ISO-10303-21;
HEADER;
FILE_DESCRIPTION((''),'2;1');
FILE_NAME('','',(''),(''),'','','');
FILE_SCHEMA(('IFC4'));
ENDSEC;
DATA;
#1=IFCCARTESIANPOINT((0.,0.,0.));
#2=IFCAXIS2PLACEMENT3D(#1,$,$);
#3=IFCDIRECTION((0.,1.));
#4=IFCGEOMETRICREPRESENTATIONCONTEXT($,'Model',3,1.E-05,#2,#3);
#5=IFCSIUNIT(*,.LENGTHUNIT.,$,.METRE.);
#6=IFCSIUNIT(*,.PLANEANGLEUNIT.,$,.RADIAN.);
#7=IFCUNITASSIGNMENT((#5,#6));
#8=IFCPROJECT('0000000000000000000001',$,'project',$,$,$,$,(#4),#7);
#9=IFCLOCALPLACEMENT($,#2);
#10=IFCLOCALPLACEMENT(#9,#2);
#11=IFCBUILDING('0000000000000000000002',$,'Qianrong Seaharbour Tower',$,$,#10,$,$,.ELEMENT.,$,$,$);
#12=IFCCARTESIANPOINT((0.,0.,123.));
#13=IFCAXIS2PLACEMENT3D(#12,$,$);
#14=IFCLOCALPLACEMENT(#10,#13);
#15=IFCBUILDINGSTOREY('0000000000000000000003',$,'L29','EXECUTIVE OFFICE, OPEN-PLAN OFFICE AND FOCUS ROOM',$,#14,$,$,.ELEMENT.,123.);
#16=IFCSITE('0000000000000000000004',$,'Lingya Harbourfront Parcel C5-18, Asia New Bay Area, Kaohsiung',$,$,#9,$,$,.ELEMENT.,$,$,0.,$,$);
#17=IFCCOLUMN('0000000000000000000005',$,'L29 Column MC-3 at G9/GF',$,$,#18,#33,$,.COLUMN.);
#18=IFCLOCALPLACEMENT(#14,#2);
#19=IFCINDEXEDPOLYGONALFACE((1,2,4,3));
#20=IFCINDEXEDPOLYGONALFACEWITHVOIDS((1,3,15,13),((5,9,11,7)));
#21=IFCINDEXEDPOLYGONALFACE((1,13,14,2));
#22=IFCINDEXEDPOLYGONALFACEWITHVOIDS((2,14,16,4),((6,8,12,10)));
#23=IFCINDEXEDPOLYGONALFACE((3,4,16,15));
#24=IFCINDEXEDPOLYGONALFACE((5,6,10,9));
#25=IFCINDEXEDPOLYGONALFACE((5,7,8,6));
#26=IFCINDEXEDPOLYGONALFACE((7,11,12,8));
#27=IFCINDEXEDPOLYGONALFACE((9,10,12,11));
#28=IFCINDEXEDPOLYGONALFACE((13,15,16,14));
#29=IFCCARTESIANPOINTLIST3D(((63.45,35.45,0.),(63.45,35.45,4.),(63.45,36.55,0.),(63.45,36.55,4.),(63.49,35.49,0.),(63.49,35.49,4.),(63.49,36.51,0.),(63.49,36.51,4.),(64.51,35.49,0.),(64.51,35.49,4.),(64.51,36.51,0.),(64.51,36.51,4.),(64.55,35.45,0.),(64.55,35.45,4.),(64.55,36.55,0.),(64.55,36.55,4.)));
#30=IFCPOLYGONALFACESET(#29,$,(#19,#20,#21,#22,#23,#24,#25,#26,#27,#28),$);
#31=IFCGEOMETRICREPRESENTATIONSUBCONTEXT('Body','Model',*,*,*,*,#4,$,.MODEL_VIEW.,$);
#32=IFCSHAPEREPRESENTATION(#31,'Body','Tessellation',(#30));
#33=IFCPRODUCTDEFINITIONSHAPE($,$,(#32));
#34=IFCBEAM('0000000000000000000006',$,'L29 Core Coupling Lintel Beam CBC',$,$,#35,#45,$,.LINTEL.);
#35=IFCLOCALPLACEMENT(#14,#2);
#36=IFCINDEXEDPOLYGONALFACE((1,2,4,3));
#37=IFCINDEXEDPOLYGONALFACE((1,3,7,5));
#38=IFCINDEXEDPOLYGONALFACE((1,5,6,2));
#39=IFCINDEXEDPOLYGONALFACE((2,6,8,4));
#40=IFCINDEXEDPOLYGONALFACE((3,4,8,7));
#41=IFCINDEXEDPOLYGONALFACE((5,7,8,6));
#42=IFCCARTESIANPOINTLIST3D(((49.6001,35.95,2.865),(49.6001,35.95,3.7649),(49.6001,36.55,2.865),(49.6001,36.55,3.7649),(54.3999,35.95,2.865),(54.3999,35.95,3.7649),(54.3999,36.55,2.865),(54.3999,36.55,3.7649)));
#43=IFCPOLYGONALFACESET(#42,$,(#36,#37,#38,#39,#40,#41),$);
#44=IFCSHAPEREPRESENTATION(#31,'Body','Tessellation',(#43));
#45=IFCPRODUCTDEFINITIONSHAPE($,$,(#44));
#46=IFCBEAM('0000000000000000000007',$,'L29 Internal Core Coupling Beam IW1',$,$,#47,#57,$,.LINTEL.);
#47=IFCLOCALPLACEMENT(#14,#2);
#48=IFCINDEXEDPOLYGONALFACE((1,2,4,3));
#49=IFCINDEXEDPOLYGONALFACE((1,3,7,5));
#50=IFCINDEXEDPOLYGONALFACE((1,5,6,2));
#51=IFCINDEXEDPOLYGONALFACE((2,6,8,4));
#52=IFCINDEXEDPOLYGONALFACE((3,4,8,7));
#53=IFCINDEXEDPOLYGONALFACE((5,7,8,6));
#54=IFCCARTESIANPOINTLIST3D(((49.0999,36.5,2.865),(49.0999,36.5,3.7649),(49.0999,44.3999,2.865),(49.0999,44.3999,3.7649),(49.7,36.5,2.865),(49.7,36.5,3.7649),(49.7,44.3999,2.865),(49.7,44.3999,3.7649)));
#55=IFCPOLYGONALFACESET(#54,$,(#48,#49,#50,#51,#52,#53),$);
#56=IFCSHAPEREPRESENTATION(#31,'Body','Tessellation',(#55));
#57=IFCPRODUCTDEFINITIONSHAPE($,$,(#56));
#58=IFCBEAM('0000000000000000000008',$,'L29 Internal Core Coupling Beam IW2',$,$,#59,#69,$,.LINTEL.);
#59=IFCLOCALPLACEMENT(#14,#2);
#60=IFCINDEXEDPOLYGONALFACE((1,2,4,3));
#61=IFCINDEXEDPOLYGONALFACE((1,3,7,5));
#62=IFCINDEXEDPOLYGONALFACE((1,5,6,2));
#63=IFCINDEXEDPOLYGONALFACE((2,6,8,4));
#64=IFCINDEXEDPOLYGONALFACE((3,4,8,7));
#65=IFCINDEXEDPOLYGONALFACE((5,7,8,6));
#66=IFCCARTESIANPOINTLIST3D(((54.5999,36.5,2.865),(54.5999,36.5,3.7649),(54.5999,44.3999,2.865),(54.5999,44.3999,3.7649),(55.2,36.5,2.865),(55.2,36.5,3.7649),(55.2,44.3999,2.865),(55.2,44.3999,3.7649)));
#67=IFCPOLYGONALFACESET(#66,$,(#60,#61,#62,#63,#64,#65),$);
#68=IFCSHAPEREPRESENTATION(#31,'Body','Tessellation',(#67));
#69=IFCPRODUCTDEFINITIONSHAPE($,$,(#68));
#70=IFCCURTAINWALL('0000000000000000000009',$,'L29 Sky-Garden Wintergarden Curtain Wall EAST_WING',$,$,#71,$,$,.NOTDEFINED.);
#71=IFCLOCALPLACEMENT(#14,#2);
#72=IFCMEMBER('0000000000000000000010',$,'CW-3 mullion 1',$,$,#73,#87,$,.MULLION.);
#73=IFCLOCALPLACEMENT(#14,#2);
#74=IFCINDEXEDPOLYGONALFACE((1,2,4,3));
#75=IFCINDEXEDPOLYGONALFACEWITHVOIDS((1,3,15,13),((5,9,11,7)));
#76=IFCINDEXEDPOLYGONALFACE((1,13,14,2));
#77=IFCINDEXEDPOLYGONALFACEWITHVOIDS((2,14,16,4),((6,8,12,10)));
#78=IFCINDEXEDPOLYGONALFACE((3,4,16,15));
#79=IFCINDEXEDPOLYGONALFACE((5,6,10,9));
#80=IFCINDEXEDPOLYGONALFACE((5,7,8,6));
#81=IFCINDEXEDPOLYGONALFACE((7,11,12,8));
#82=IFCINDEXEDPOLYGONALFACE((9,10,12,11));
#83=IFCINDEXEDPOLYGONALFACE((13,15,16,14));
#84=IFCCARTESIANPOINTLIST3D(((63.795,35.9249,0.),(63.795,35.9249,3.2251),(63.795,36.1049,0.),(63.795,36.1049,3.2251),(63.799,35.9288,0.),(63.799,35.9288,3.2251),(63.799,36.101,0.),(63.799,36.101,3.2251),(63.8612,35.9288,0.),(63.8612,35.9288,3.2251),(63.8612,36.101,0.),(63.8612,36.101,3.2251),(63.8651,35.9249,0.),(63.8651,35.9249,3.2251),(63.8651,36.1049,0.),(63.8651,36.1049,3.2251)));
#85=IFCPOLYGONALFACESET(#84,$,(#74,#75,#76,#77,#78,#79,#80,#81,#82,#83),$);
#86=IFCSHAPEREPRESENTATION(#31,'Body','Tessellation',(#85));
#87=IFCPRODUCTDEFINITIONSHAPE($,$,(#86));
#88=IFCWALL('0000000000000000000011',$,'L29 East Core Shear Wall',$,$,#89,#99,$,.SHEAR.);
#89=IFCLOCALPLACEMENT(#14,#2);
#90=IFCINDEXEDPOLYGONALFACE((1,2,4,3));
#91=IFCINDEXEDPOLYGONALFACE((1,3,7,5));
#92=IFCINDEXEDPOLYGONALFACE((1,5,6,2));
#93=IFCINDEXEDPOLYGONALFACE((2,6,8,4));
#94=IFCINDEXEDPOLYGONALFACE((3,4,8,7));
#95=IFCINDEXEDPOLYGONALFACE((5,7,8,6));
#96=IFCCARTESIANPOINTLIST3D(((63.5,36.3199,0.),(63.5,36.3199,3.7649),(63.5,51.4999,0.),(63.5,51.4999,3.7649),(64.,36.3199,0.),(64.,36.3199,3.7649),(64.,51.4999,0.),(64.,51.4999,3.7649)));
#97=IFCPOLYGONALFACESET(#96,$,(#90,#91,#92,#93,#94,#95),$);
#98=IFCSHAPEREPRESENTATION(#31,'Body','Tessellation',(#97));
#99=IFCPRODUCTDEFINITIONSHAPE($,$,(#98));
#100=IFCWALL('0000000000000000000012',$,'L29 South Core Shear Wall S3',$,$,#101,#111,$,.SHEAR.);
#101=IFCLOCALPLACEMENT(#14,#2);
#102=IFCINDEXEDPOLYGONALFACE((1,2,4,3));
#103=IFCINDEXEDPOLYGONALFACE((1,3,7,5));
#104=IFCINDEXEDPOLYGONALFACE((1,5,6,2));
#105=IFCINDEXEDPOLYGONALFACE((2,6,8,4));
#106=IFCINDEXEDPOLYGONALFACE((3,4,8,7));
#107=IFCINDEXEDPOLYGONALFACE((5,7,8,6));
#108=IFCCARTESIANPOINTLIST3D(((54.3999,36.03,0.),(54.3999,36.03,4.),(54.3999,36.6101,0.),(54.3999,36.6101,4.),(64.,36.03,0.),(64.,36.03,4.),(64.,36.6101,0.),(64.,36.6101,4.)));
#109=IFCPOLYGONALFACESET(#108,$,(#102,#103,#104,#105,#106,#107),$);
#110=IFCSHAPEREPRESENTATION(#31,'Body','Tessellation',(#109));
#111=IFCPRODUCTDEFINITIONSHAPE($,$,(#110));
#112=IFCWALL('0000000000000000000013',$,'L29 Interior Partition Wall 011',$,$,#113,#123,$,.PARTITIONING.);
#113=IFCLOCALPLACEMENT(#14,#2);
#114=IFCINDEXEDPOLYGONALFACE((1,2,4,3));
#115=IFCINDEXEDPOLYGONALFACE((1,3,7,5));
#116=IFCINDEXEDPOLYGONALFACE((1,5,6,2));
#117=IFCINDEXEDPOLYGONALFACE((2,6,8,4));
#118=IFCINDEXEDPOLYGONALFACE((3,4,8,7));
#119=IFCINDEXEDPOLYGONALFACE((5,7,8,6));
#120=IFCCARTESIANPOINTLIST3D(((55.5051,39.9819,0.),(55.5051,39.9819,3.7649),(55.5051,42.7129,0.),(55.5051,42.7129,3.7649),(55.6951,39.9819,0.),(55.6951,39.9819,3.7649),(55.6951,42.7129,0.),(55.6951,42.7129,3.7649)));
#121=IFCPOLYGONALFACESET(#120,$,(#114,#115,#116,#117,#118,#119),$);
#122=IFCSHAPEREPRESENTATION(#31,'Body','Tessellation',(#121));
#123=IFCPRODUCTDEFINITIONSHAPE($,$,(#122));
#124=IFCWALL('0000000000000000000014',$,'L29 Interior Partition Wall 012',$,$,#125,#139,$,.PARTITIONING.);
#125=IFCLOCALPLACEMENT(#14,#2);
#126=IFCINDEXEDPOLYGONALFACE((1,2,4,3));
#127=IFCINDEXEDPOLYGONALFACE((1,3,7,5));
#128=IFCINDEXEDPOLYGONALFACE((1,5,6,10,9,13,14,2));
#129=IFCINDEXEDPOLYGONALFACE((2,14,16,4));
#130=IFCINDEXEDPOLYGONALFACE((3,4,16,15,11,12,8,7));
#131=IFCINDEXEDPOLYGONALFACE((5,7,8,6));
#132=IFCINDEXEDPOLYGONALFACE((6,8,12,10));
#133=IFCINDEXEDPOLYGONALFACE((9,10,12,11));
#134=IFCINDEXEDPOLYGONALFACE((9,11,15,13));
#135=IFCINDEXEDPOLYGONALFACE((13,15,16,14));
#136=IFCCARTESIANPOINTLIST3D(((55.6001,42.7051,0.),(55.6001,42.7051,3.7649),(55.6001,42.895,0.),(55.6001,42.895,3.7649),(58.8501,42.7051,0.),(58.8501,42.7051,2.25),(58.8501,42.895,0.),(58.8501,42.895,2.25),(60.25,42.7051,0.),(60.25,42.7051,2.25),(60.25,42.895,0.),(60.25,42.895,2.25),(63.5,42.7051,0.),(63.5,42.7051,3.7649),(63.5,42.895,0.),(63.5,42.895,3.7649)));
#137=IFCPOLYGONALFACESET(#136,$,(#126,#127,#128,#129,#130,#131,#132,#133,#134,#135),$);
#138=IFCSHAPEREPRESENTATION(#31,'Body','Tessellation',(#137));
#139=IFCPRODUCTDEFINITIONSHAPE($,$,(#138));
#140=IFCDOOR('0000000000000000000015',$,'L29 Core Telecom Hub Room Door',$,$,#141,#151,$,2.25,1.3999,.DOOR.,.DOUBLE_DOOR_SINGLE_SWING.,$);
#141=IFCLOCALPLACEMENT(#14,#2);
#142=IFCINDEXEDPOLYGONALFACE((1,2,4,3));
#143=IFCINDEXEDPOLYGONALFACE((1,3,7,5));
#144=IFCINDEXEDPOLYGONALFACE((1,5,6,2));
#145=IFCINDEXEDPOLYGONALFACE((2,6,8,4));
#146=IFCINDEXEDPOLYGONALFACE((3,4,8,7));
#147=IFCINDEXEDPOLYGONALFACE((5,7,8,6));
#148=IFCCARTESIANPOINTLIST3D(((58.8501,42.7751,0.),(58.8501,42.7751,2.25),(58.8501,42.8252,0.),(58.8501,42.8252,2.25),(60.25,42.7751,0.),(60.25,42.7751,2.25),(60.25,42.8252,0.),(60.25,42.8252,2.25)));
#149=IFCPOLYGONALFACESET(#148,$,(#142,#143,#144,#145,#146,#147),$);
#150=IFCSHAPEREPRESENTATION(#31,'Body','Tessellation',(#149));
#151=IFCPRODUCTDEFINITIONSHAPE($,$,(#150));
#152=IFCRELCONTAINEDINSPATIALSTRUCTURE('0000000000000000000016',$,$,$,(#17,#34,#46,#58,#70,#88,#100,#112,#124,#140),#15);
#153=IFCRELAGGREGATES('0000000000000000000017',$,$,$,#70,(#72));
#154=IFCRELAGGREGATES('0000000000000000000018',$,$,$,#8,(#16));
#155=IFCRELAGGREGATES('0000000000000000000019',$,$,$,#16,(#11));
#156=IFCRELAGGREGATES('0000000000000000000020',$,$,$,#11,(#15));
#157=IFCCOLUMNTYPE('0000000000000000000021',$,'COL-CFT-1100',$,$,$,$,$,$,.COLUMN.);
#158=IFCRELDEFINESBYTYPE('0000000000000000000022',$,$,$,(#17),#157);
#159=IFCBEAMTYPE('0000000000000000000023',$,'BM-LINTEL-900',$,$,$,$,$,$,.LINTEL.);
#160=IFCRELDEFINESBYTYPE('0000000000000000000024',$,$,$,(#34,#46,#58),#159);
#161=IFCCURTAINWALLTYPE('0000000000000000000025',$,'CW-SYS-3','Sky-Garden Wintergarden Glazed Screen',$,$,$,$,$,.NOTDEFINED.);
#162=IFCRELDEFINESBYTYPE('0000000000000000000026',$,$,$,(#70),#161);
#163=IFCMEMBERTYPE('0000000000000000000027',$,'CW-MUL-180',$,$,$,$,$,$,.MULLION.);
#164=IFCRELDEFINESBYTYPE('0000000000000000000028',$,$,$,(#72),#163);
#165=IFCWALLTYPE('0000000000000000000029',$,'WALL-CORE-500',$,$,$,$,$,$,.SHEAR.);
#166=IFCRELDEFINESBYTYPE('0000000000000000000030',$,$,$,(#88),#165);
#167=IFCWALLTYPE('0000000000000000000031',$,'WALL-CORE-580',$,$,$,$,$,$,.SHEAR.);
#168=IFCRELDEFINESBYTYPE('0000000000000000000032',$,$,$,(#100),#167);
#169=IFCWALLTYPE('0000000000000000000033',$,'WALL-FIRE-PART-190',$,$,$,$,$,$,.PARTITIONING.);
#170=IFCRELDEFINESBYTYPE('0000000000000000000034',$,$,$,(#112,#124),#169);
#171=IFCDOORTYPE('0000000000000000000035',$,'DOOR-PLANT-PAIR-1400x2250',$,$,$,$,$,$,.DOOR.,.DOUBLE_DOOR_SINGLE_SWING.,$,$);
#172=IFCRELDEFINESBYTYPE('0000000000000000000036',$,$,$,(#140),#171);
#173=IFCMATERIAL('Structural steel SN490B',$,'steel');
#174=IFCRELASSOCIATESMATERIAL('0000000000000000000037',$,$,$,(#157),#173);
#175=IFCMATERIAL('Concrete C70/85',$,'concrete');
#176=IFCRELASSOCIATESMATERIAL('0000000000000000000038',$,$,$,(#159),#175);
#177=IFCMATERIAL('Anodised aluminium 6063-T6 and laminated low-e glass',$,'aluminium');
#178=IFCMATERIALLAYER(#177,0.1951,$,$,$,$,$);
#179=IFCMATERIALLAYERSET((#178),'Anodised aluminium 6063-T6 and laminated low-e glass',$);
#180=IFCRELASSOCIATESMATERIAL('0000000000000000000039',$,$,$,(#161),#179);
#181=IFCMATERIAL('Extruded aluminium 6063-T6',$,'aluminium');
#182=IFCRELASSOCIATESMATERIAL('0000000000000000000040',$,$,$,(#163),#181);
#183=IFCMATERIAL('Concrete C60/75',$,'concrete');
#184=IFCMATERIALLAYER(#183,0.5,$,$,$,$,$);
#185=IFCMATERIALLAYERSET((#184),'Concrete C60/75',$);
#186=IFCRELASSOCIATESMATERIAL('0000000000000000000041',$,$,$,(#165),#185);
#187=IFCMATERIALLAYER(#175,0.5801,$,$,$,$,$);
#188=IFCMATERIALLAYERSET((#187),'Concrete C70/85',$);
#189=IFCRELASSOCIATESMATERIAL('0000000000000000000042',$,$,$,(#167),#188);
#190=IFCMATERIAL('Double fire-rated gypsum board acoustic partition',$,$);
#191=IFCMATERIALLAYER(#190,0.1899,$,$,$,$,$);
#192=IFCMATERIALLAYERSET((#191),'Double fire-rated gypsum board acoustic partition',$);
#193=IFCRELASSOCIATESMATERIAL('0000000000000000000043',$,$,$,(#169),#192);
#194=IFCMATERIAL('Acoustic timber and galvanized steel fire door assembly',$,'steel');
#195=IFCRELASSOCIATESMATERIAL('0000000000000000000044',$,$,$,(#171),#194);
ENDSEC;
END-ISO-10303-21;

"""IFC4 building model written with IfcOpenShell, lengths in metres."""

from ifc_helpers import new_model, si_unit, direction, frame, frame_2d, origin, origin_2d, place, context, subcontext, project, spatial, rectangle, hollow_rectangle, extrude, material, layer, layer_set, material_profile, profile_set, type_object, element, fill, aggregate, save


model = new_model("IFC4")

# Units and contexts
model_context = context("Model", 3, precision=1e-05, world=origin(), true_north=direction((0.0, 1.0)))
body_context = subcontext(model_context, "Body", "Model", "MODEL_VIEW")
ifc_project = project(units=[si_unit("LENGTHUNIT", "METRE"), si_unit("PLANEANGLEUNIT", "RADIAN")], contexts=[model_context])

# Site, building, storey
site_placement = place(None, origin())
site = spatial("IfcSite", under=ifc_project, at=site_placement, Name="Lingya Harbourfront Parcel C5-18, Asia New Bay Area, Kaohsiung", CompositionType="ELEMENT", RefElevation=0.0)
building_placement = place(site_placement, origin())
building = spatial("IfcBuilding", under=site, at=building_placement, Name="Qianrong Seaharbour Tower", CompositionType="ELEMENT")
storey_placement = place(building_placement, frame((0.0, 0.0, 123.0)))
storey = spatial("IfcBuildingStorey", under=building, at=storey_placement, Name="L29", Description="EXECUTIVE OFFICE, OPEN-PLAN OFFICE AND FOCUS ROOM", CompositionType="ELEMENT", Elevation=123.0)

# Column
ifc_material_1 = material(Name="Structural steel SN490B", Category="steel")
ifc_material_profile_1 = material_profile(ifc_material_1, hollow_rectangle(XDim=1.1001, YDim=1.1001, WallThickness=0.04, at=origin_2d()), Name="BOX1100x1100x40")
ifc_profile_set_1 = profile_set([ifc_material_profile_1], Name="Structural steel SN490B")
column_type = type_object("IfcColumnType", Name="COL-CFT-1100", PredefinedType="COLUMN", material=ifc_profile_set_1)
column_placement = place(storey_placement, frame((64.0, 36.0, 0.0), z_axis=(0.0, 0.0, 1.0), x_axis=(1.0, 0.0, 0.0)))
element("IfcColumn", 1, at=column_placement, inside=storey, type_object=column_type, Name="L29 Column MC-3 at G9/GF", PredefinedType="COLUMN", context=body_context, shape_type="SweptSolid", body=[
    extrude(hollow_rectangle(XDim=1.1001, YDim=1.1001, WallThickness=0.04, at=origin_2d()), origin(), (0.0, 0.0, 1.0), 4.0),
])

# Beams
ifc_material_2 = material(Name="Concrete C70/85", Category="concrete")
ifc_material_profile_2 = material_profile(ifc_material_2, rectangle(XDim=0.6001, YDim=0.8999, at=origin_2d()), Name="RC600x900")
ifc_profile_set_2 = profile_set([ifc_material_profile_2], Name="Concrete C70/85")
beam_type = type_object("IfcBeamType", Name="BM-LINTEL-900", PredefinedType="LINTEL", material=ifc_profile_set_2)
beam_placement = place(storey_placement, frame((49.6001, 36.25, 3.3149), z_axis=(1.0, 0.0, 0.0), x_axis=(0.0, 1.0, 0.0)))
element("IfcBeam", 2, at=beam_placement, inside=storey, type_object=beam_type, Name="L29 Core Coupling Lintel Beam CBC", PredefinedType="LINTEL", context=body_context, shape_type="SweptSolid", body=[
    extrude(rectangle(XDim=0.6001, YDim=0.8999, at=origin_2d()), origin(), (0.0, 0.0, 1.0), 4.7998),
])
for number, where, z_axis, x_axis, name in (
    (3, (49.3999, 36.5, 3.3149), (0.0, 1.0, 0.0), (-1.0, 0.0, 0.0), "L29 Internal Core Coupling Beam IW1"),
    (4, (54.8999, 36.5, 3.3149), (0.0, 1.0, 0.0), (-1.0, 0.0, 0.0), "L29 Internal Core Coupling Beam IW2"),
):
    element("IfcBeam", number, at=place(storey_placement, frame(where, z_axis=z_axis, x_axis=x_axis)), inside=storey, type_object=beam_type, Name=name, PredefinedType="LINTEL", context=body_context, shape_type="SweptSolid", body=[
        extrude(rectangle(XDim=0.6001, YDim=0.8999, at=origin_2d()), origin(), (0.0, 0.0, 1.0), 7.8999),
    ])

# Curtain wall, member
ifc_material_3 = material(Name="Anodised aluminium 6063-T6 and laminated low-e glass", Category="aluminium")
ifc_layer_1 = layer(ifc_material_3, 0.1951)
ifc_layer_set_1 = layer_set([ifc_layer_1], Name="Anodised aluminium 6063-T6 and laminated low-e glass")
curtain_wall_type = type_object("IfcCurtainWallType", Name="CW-SYS-3", Description="Sky-Garden Wintergarden Glazed Screen", PredefinedType="NOTDEFINED", material=ifc_layer_set_1)
curtain_wall_placement = place(storey_placement, origin())
curtain_wall = element("IfcCurtainWall", 5, at=curtain_wall_placement, inside=storey, type_object=curtain_wall_type, Name="L29 Sky-Garden Wintergarden Curtain Wall EAST_WING", PredefinedType="NOTDEFINED")
ifc_material_4 = material(Name="Extruded aluminium 6063-T6", Category="aluminium")
ifc_material_profile_3 = material_profile(ifc_material_4, hollow_rectangle(XDim=0.0701, YDim=0.1799, WallThickness=0.0039, at=origin_2d()), Name="ALU-MUL-180x70x4")
ifc_profile_set_3 = profile_set([ifc_material_profile_3], Name="Extruded aluminium 6063-T6")
member_type = type_object("IfcMemberType", Name="CW-MUL-180", PredefinedType="MULLION", material=ifc_profile_set_3)
member_placement = place(storey_placement, frame((63.8301, 36.0149, 0.0), z_axis=(0.0, 0.0, 1.0), x_axis=(1.0, 0.0, 0.0)))
member = element("IfcMember", 6, at=member_placement, type_object=member_type, Name="CW-3 mullion 1", PredefinedType="MULLION", context=body_context, shape_type="SweptSolid", body=[
    extrude(hollow_rectangle(XDim=0.0701, YDim=0.1799, WallThickness=0.0039, at=origin_2d()), origin(), (0.0, 0.0, 1.0), 3.2251),
])
aggregate(curtain_wall, [member])

# Walls
ifc_material_5 = material(Name="Concrete C60/75", Category="concrete")
ifc_layer_2 = layer(ifc_material_5, 0.5)
ifc_layer_set_2 = layer_set([ifc_layer_2], Name="Concrete C60/75")
wall_type_1 = type_object("IfcWallType", Name="WALL-CORE-500", PredefinedType="SHEAR", material=ifc_layer_set_2)
wall_1_placement = place(storey_placement, frame((63.75, 36.3201, 0.0), z_axis=(0.0, 0.0, 1.0), x_axis=(0.0, 1.0, 0.0)))
element("IfcWall", 7, at=wall_1_placement, inside=storey, type_object=wall_type_1, Name="L29 East Core Shear Wall", PredefinedType="SHEAR", context=body_context, shape_type="SweptSolid", body=[
    extrude(rectangle(XDim=15.1799, YDim=0.5, at=frame_2d((7.5898, 0.0))), origin(), (0.0, 0.0, 1.0), 3.7649),
])
ifc_layer_3 = layer(ifc_material_2, 0.5801)
ifc_layer_set_3 = layer_set([ifc_layer_3], Name="Concrete C70/85")
wall_type_2 = type_object("IfcWallType", Name="WALL-CORE-580", PredefinedType="SHEAR", material=ifc_layer_set_3)
wall_2_placement = place(storey_placement, frame((54.3999, 36.3201, 0.0), z_axis=(0.0, 0.0, 1.0), x_axis=(1.0, 0.0, 0.0)))
element("IfcWall", 8, at=wall_2_placement, inside=storey, type_object=wall_type_2, Name="L29 South Core Shear Wall S3", PredefinedType="SHEAR", context=body_context, shape_type="SweptSolid", body=[
    extrude(rectangle(XDim=9.6001, YDim=0.5801, at=frame_2d((4.8, 0.0))), origin(), (0.0, 0.0, 1.0), 4.0),
])
ifc_material_6 = material(Name="Double fire-rated gypsum board acoustic partition")
ifc_layer_4 = layer(ifc_material_6, 0.1899)
ifc_layer_set_4 = layer_set([ifc_layer_4], Name="Double fire-rated gypsum board acoustic partition")
wall_type_3 = type_object("IfcWallType", Name="WALL-FIRE-PART-190", PredefinedType="PARTITIONING", material=ifc_layer_set_4)
wall_3_placement = place(storey_placement, frame((55.6001, 42.7129, 0.0), z_axis=(0.0, 0.0, 1.0), x_axis=(0.0, -1.0, 0.0)))
element("IfcWall", 9, at=wall_3_placement, inside=storey, type_object=wall_type_3, Name="L29 Interior Partition Wall 011", PredefinedType="PARTITIONING", context=body_context, shape_type="SweptSolid", body=[
    extrude(rectangle(XDim=2.731, YDim=0.1899, at=frame_2d((1.3655, 0.0))), origin(), (0.0, 0.0, 1.0), 3.7649),
])

# Wall, opening, door
wall_4_placement = place(storey_placement, frame((63.5, 42.8, 0.0), z_axis=(0.0, 0.0, 1.0), x_axis=(-1.0, 0.0, 0.0)))
wall_4 = element("IfcWall", 10, at=wall_4_placement, inside=storey, type_object=wall_type_3, Name="L29 Interior Partition Wall 012", PredefinedType="PARTITIONING", context=body_context, shape_type="SweptSolid", body=[
    extrude(rectangle(XDim=7.8999, YDim=0.1899, at=frame_2d((3.95, 0.0))), origin(), (0.0, 0.0, 1.0), 3.7649),
])
opening_1_placement = place(wall_4_placement, frame((3.25, 0.0, 0.0)))
opening_1 = element("IfcOpeningElement", 11, at=opening_1_placement, cuts=wall_4, PredefinedType="OPENING", context=body_context, shape_type="SweptSolid", body=[
    extrude(rectangle(XDim=1.3999, YDim=2.25, at=frame_2d((0.7, 1.125))), frame((0.0, 0.105, 0.0), z_axis=(0.0, -1.0, 0.0), x_axis=(1.0, 0.0, 0.0)), (0.0, 0.0, 1.0), 0.21),
])
ifc_material_7 = material(Name="Acoustic timber and galvanized steel fire door assembly", Category="steel")
door_type_1 = type_object("IfcDoorType", Name="DOOR-PLANT-PAIR-1400x2250", OperationType="DOUBLE_DOOR_SINGLE_SWING", PredefinedType="DOOR", material=ifc_material_7)
door_1_placement = place(opening_1_placement, origin())
door_1 = element("IfcDoor", 12, at=door_1_placement, inside=storey, type_object=door_type_1, Name="L29 Core Telecom Hub Room Door", OperationType="DOUBLE_DOOR_SINGLE_SWING", OverallHeight=2.25, OverallWidth=1.3999, PredefinedType="DOOR", context=body_context, shape_type="SweptSolid", body=[
    extrude(rectangle(XDim=1.3999, YDim=2.25, at=frame_2d((0.7, 1.125))), frame((0.0, 0.0249, 0.0), z_axis=(0.0, -1.0, 0.0), x_axis=(1.0, 0.0, 0.0)), (0.0, 0.0, 1.0), 0.05),
])
fill(opening_1, door_1)

save(model, "model.ifc")
